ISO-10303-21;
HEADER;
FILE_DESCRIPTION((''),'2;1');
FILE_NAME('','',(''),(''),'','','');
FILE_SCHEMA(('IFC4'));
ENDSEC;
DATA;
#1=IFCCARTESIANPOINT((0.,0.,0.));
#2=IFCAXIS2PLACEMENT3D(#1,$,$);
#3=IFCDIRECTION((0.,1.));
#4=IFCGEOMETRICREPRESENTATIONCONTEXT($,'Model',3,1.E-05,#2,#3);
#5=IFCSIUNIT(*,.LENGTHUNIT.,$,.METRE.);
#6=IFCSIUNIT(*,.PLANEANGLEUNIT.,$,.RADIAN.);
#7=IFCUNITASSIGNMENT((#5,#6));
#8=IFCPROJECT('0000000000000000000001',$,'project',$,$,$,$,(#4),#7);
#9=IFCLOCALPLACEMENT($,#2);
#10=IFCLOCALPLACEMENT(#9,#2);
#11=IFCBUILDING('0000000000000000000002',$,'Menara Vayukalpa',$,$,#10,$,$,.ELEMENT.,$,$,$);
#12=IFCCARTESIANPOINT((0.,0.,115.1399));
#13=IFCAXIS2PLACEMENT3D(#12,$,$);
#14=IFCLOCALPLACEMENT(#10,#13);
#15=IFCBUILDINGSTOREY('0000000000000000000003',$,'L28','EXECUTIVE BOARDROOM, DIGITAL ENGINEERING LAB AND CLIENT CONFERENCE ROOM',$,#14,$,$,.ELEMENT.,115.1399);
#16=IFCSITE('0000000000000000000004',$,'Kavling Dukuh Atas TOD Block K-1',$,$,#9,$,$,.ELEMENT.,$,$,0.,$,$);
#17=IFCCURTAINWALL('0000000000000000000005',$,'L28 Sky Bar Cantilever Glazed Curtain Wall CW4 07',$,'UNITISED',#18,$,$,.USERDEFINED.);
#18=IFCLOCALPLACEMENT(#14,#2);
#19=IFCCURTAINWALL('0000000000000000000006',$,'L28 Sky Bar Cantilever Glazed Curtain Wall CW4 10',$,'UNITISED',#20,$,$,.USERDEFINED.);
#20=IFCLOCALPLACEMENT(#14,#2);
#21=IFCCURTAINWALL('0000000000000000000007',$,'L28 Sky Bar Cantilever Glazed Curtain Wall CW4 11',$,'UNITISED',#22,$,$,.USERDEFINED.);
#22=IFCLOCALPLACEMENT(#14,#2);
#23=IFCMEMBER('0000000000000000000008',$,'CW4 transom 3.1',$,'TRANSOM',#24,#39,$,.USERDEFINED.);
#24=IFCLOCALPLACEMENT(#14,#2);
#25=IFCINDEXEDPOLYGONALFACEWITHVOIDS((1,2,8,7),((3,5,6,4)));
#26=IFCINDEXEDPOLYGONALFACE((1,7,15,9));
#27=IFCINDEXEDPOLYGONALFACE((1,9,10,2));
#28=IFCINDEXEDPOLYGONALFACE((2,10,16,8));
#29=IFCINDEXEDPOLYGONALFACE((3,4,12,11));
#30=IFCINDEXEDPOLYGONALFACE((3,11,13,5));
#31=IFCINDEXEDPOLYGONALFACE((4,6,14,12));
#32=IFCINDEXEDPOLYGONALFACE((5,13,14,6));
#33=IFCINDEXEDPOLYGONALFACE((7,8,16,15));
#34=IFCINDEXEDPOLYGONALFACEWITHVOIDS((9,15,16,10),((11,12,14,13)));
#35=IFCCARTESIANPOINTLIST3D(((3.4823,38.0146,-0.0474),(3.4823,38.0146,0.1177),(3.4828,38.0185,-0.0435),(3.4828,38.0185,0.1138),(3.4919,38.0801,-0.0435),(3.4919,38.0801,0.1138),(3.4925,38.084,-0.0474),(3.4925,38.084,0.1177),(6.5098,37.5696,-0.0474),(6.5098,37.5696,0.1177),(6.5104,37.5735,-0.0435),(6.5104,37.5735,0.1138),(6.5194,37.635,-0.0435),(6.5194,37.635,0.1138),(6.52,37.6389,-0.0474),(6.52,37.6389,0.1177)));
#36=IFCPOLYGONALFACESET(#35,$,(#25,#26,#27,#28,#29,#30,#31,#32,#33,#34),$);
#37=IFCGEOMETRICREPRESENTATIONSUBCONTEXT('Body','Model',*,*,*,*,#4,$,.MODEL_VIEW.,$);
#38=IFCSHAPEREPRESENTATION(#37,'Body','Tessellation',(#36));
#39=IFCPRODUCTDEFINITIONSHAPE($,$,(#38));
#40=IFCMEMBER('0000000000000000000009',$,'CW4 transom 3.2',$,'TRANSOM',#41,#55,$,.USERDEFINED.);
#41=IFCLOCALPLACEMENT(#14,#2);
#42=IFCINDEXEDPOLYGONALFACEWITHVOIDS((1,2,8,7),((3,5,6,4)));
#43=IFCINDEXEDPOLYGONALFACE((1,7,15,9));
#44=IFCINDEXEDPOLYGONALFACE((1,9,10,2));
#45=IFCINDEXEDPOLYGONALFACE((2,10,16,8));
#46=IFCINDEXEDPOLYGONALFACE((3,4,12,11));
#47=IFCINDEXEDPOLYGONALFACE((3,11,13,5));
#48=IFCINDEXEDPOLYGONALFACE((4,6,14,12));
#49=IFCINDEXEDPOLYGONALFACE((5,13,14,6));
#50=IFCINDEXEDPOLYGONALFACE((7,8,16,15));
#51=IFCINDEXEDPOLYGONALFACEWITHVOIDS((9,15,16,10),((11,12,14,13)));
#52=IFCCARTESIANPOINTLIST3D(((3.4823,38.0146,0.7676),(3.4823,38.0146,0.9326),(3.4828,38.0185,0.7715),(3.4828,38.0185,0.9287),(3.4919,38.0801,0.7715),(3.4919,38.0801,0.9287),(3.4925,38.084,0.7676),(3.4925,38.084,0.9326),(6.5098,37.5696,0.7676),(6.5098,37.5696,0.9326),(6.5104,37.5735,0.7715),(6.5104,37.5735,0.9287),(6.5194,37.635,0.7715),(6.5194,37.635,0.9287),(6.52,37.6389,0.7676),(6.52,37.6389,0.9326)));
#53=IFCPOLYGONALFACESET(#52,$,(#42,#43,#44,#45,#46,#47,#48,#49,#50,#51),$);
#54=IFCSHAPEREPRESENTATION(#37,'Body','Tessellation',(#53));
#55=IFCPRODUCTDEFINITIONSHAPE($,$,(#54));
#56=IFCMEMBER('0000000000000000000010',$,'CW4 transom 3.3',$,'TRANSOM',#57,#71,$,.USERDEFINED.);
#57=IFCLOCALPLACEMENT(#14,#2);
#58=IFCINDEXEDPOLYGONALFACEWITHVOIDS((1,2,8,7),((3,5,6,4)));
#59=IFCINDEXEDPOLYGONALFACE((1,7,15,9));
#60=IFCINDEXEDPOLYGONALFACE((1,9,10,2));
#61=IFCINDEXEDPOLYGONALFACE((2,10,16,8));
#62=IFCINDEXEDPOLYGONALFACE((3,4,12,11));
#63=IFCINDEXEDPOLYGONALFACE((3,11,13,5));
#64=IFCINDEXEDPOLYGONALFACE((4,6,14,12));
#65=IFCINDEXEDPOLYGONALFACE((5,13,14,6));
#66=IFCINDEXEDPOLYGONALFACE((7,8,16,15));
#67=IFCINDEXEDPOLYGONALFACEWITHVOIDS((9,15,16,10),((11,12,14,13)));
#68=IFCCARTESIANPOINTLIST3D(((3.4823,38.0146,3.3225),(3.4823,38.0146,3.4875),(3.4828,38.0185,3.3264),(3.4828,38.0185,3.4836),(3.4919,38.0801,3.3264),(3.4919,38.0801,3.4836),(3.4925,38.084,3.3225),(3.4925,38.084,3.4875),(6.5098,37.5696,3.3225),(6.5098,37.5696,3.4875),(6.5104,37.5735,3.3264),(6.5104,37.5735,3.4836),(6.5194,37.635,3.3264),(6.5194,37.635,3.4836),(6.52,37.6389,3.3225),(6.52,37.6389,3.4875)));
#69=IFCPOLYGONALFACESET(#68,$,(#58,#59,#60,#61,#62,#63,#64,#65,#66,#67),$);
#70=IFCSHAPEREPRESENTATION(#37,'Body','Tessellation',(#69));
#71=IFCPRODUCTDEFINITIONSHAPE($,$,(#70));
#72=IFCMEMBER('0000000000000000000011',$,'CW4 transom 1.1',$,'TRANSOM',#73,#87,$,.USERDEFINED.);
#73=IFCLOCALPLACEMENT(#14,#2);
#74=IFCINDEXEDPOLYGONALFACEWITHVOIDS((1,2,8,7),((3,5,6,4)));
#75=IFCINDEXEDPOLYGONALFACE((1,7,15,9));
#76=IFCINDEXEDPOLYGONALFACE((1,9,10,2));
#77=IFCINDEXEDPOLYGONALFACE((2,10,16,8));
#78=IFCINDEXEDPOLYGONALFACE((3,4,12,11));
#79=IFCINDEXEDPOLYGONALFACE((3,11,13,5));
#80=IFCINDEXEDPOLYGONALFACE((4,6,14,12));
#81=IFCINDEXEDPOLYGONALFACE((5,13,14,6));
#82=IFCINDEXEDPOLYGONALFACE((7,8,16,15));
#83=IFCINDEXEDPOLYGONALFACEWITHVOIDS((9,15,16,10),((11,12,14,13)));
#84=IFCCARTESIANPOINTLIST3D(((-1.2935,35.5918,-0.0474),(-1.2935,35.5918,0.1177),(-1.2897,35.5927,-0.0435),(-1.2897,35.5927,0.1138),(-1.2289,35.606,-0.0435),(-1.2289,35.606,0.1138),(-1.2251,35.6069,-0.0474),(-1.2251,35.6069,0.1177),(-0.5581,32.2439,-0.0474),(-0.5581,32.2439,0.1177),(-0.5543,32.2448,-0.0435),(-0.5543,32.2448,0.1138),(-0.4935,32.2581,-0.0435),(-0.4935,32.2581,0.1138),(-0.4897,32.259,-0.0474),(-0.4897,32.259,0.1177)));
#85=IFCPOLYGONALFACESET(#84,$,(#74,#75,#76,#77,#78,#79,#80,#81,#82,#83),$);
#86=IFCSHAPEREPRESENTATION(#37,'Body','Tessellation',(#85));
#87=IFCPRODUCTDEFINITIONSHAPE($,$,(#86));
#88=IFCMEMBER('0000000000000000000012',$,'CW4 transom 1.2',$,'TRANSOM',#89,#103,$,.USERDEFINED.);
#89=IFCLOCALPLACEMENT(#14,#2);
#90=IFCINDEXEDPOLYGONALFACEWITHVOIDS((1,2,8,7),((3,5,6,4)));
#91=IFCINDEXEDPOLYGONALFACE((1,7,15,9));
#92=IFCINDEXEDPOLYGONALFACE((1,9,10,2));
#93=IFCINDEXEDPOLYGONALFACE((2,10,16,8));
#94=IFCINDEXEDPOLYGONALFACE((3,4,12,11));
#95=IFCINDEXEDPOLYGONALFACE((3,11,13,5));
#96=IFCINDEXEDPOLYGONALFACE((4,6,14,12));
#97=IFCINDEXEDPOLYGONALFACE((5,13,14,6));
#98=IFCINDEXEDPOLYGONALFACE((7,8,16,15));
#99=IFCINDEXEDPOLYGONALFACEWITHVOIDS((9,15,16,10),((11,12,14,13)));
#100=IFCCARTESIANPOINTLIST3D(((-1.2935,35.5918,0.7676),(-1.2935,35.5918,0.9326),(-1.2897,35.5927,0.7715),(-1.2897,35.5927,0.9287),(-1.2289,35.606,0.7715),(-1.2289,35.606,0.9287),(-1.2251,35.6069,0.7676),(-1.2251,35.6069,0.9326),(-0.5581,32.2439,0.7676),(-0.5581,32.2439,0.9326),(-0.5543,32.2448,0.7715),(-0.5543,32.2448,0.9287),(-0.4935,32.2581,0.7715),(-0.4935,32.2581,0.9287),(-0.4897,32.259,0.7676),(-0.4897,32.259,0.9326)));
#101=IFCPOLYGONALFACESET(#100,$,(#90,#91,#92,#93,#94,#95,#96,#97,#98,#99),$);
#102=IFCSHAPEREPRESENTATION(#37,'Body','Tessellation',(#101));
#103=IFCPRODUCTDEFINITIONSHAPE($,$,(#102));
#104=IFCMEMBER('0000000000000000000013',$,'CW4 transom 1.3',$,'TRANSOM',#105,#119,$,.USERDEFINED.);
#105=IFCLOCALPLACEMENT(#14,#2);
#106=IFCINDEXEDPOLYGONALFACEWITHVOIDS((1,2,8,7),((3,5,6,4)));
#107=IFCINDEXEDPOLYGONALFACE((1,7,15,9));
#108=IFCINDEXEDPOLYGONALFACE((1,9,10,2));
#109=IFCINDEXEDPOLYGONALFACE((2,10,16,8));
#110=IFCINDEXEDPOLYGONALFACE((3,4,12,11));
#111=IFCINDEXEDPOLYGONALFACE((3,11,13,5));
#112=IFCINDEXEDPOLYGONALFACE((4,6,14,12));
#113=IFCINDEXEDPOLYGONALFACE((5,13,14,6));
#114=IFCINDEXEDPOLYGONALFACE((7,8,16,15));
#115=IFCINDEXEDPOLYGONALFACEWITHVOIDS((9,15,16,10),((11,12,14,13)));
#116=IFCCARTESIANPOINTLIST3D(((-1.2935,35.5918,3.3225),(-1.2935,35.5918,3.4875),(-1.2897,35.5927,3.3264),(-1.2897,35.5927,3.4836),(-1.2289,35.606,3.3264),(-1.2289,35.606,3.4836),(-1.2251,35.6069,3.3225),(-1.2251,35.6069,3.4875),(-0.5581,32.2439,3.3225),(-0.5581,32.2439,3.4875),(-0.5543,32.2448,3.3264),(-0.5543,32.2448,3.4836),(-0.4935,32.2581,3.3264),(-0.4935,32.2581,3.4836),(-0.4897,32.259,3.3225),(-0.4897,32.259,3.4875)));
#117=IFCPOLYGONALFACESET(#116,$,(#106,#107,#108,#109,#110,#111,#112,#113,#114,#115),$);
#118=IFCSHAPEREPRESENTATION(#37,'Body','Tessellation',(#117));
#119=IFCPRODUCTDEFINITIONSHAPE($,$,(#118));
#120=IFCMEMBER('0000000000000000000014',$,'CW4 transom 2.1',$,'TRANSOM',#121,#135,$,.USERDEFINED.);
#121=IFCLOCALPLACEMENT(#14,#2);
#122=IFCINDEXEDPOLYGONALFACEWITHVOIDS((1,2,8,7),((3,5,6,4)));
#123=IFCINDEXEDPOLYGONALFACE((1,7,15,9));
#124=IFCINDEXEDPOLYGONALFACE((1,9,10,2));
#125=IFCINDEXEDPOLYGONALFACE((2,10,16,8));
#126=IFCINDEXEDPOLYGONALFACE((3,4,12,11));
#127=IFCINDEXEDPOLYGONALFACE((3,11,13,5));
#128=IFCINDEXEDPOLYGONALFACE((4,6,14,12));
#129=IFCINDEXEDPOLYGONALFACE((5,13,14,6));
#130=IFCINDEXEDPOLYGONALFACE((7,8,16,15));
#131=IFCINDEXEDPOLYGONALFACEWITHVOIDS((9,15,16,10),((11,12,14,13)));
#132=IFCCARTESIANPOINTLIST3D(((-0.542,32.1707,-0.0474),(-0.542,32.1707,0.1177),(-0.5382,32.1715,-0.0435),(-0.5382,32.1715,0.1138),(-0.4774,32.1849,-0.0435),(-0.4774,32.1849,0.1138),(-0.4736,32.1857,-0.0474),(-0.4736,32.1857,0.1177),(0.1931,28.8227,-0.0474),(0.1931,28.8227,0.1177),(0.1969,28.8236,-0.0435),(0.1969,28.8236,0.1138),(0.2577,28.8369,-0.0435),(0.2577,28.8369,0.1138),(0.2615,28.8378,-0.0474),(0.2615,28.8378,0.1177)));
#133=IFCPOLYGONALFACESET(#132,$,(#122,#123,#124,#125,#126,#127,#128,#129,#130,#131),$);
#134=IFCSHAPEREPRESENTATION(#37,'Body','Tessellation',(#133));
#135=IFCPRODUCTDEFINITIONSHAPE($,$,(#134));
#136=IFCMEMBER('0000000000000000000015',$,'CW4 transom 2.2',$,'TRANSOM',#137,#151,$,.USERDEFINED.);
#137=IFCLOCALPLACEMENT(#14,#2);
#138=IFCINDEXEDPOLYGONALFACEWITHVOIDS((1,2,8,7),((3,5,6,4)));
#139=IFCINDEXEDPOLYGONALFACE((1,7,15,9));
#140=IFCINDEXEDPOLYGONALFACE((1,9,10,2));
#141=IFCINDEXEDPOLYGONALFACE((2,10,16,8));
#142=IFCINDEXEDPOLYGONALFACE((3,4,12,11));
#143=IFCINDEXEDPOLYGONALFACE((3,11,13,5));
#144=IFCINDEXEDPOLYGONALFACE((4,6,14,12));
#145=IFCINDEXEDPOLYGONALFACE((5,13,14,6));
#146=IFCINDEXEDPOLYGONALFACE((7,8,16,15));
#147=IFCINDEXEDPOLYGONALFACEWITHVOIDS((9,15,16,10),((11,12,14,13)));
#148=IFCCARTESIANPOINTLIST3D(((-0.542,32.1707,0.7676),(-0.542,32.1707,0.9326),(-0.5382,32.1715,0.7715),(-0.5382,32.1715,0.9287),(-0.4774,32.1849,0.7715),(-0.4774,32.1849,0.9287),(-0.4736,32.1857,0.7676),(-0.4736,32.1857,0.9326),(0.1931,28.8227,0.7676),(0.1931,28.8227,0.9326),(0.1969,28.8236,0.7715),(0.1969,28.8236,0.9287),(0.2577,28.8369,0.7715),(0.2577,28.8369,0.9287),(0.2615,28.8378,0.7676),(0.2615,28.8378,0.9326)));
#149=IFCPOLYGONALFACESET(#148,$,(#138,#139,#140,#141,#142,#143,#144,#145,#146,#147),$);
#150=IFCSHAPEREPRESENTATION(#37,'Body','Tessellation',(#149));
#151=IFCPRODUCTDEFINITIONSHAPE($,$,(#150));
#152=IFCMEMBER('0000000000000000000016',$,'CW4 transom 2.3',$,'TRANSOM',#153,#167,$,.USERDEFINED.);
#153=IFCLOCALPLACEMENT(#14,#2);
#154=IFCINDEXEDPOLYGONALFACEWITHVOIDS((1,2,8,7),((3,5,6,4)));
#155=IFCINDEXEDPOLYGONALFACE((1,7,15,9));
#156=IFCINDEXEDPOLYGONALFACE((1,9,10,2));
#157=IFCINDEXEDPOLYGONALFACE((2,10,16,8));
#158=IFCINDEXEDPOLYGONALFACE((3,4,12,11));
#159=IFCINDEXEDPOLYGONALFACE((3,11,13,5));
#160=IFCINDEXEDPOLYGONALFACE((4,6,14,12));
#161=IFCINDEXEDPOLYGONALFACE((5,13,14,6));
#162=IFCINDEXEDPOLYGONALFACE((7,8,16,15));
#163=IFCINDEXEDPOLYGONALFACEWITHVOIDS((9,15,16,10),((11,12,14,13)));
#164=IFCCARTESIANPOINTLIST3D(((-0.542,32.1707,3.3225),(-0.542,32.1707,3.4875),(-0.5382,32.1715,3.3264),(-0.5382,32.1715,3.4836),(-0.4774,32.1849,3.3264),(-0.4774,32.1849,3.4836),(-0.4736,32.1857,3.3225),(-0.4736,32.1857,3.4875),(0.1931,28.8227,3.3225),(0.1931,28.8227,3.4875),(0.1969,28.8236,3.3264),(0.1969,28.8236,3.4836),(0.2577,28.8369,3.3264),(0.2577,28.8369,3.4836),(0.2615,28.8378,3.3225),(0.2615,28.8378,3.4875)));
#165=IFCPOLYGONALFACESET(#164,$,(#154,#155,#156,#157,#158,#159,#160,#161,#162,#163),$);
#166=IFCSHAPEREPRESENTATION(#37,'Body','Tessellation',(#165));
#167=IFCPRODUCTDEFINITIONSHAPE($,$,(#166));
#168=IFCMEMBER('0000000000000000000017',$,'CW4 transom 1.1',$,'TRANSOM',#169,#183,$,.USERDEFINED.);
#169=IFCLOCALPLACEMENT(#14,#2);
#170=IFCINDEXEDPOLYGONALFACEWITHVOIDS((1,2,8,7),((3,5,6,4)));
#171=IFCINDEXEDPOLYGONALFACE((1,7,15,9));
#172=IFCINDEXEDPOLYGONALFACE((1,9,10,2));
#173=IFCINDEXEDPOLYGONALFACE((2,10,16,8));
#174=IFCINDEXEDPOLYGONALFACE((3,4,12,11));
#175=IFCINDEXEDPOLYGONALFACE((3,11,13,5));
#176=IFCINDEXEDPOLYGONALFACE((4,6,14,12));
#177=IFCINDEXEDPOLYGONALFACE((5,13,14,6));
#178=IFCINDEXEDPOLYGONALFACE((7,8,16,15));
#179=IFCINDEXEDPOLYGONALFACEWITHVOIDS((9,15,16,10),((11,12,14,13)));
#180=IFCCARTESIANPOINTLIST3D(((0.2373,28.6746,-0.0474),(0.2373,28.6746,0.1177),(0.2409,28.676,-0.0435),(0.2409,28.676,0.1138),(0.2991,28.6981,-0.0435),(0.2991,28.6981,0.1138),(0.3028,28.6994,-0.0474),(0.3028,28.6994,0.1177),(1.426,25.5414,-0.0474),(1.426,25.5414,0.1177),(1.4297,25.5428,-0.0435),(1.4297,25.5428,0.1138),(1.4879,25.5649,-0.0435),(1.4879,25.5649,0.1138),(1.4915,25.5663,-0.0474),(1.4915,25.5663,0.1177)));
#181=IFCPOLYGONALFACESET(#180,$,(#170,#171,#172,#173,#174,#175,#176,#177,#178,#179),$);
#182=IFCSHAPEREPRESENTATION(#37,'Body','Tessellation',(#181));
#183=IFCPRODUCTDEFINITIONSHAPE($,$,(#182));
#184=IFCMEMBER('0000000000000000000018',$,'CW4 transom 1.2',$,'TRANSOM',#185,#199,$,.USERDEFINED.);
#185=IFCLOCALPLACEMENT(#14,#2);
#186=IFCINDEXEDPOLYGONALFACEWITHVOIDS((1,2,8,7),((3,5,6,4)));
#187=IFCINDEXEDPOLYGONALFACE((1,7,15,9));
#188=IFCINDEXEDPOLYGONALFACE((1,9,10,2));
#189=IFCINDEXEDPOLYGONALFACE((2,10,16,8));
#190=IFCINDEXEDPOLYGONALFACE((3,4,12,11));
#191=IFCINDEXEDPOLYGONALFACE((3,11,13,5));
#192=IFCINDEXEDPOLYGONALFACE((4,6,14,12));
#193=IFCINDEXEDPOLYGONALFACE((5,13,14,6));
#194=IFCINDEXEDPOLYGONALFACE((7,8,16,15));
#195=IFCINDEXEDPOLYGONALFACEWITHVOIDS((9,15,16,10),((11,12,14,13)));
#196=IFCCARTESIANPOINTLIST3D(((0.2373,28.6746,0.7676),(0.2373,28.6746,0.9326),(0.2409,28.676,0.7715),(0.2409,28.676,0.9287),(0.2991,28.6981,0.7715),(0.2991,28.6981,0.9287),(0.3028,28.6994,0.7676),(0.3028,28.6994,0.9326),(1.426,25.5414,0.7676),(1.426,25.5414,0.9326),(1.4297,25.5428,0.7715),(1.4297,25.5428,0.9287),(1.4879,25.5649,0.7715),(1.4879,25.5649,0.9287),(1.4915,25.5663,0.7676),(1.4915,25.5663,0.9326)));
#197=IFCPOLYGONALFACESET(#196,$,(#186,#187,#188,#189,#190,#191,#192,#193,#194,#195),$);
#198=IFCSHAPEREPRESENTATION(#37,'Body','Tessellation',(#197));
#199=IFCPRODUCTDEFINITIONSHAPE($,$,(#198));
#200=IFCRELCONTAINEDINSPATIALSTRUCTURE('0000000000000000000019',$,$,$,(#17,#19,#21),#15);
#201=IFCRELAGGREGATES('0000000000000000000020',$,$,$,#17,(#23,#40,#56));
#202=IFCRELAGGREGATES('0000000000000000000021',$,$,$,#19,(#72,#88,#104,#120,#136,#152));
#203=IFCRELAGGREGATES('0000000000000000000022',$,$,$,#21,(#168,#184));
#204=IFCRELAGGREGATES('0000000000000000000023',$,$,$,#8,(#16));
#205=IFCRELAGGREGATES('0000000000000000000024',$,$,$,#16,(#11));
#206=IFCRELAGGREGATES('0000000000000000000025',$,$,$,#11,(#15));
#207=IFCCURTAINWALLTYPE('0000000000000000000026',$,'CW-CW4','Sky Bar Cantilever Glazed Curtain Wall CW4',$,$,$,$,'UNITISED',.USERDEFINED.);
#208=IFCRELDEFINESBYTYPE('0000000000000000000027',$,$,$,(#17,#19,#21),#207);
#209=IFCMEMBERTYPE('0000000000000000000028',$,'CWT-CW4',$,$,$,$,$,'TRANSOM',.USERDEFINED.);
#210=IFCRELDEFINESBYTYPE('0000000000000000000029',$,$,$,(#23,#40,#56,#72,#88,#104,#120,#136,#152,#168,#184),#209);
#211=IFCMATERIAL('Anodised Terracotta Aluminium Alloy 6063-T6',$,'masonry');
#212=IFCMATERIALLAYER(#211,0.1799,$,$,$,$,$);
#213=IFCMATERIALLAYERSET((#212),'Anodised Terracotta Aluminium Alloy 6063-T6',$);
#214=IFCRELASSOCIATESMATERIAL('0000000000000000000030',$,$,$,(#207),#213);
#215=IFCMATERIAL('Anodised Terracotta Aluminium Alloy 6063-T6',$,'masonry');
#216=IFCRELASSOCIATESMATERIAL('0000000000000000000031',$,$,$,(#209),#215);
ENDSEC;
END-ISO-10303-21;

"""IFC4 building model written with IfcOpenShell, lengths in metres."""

from ifc_helpers import new_model, si_unit, direction, frame, origin, origin_2d, place, context, subcontext, project, spatial, hollow_rectangle, extrude, material, layer, layer_set, material_profile, profile_set, type_object, element, aggregate, save


model = new_model("IFC4")

# Units and contexts
model_context = context("Model", 3, precision=1e-05, world=origin(), true_north=direction((0.0, 1.0)))
body_context = subcontext(model_context, "Body", "Model", "MODEL_VIEW")
ifc_project = project(units=[si_unit("LENGTHUNIT", "METRE"), si_unit("PLANEANGLEUNIT", "RADIAN")], contexts=[model_context])

# Site, building, storey
site_placement = place(None, origin())
site = spatial("IfcSite", under=ifc_project, at=site_placement, Name="Kavling Dukuh Atas TOD Block K-1", CompositionType="ELEMENT", RefElevation=0.0)
building_placement = place(site_placement, origin())
building = spatial("IfcBuilding", under=site, at=building_placement, Name="Menara Vayukalpa", CompositionType="ELEMENT")
storey_placement = place(building_placement, frame((0.0, 0.0, 115.1399)))
storey = spatial("IfcBuildingStorey", under=building, at=storey_placement, Name="L28", Description="EXECUTIVE BOARDROOM, DIGITAL ENGINEERING LAB AND CLIENT CONFERENCE ROOM", CompositionType="ELEMENT", Elevation=115.1399)

# Curtain walls
ifc_material_1 = material(Name="Anodised Terracotta Aluminium Alloy 6063-T6", Category="masonry")
ifc_layer_1 = layer(ifc_material_1, 0.1799)
ifc_layer_set_1 = layer_set([ifc_layer_1], Name="Anodised Terracotta Aluminium Alloy 6063-T6")
curtain_wall_type = type_object("IfcCurtainWallType", Name="CW-CW4", Description="Sky Bar Cantilever Glazed Curtain Wall CW4", ElementType="UNITISED", PredefinedType="USERDEFINED", material=ifc_layer_set_1)
curtain_wall_1_placement = place(storey_placement, origin())
curtain_wall_1 = element("IfcCurtainWall", 1, at=curtain_wall_1_placement, inside=storey, type_object=curtain_wall_type, Name="L28 Sky Bar Cantilever Glazed Curtain Wall CW4 07", ObjectType="UNITISED", PredefinedType="USERDEFINED")
curtain_wall_2_placement = place(storey_placement, origin())
curtain_wall_2 = element("IfcCurtainWall", 2, at=curtain_wall_2_placement, inside=storey, type_object=curtain_wall_type, Name="L28 Sky Bar Cantilever Glazed Curtain Wall CW4 10", ObjectType="UNITISED", PredefinedType="USERDEFINED")
curtain_wall_3_placement = place(storey_placement, origin())
curtain_wall_3 = element("IfcCurtainWall", 3, at=curtain_wall_3_placement, inside=storey, type_object=curtain_wall_type, Name="L28 Sky Bar Cantilever Glazed Curtain Wall CW4 11", ObjectType="UNITISED", PredefinedType="USERDEFINED")

# Members
ifc_material_2 = material(Name="Anodised Terracotta Aluminium Alloy 6063-T6", Category="masonry")
ifc_material_profile_1 = material_profile(ifc_material_2, hollow_rectangle(XDim=0.0701, YDim=0.165, WallThickness=0.0039, at=origin_2d()), Name="ALU 70x165x4")
ifc_profile_set_1 = profile_set([ifc_material_profile_1], Name="Anodised Terracotta Aluminium Alloy 6063-T6")
member_type_1 = type_object("IfcMemberType", Name="CWT-CW4", ElementType="TRANSOM", PredefinedType="USERDEFINED", material=ifc_profile_set_1)
member_1_placement = place(storey_placement, frame((6.5149, 37.6042, 0.0352), z_axis=(-0.989367, 0.145441, 0.0), x_axis=(-0.145441, -0.989367, 0.0)))
member_1 = element("IfcMember", 4, at=member_1_placement, type_object=member_type_1, Name="CW4 transom 3.1", ObjectType="TRANSOM", PredefinedType="USERDEFINED", context=body_context, shape_type="SweptSolid", body=[
    extrude(hollow_rectangle(XDim=0.0701, YDim=0.165, WallThickness=0.0039, at=origin_2d()), origin(), (0.0, 0.0, 1.0), 3.0601),
])
member_2_placement = place(storey_placement, frame((6.5149, 37.6042, 0.8501), z_axis=(-0.989367, 0.145441, 0.0), x_axis=(-0.145441, -0.989367, 0.0)))
member_2 = element("IfcMember", 5, at=member_2_placement, type_object=member_type_1, Name="CW4 transom 3.2", ObjectType="TRANSOM", PredefinedType="USERDEFINED", context=body_context, shape_type="SweptSolid", body=[
    extrude(hollow_rectangle(XDim=0.0701, YDim=0.165, WallThickness=0.0039, at=origin_2d()), origin(), (0.0, 0.0, 1.0), 3.0601),
])
member_3_placement = place(storey_placement, frame((6.5149, 37.6042, 3.405), z_axis=(-0.989367, 0.145441, 0.0), x_axis=(-0.145441, -0.989367, 0.0)))
member_3 = element("IfcMember", 6, at=member_3_placement, type_object=member_type_1, Name="CW4 transom 3.3", ObjectType="TRANSOM", PredefinedType="USERDEFINED", context=body_context, shape_type="SweptSolid", body=[
    extrude(hollow_rectangle(XDim=0.0701, YDim=0.165, WallThickness=0.0039, at=origin_2d()), origin(), (0.0, 0.0, 1.0), 3.0601),
])
member_4_placement = place(storey_placement, frame((-1.2593, 35.5994, 0.0352), z_axis=(0.214532, -0.976717, 0.0), x_axis=(0.976717, 0.214532, 0.0)))
member_4 = element("IfcMember", 7, at=member_4_placement, type_object=member_type_1, Name="CW4 transom 1.1", ObjectType="TRANSOM", PredefinedType="USERDEFINED", context=body_context, shape_type="SweptSolid", body=[
    extrude(hollow_rectangle(XDim=0.0701, YDim=0.165, WallThickness=0.0039, at=origin_2d()), origin(), (0.0, 0.0, 1.0), 3.4277),
])
member_5_placement = place(storey_placement, frame((-1.2593, 35.5994, 0.8501), z_axis=(0.214532, -0.976717, 0.0), x_axis=(0.976717, 0.214532, 0.0)))
member_5 = element("IfcMember", 8, at=member_5_placement, type_object=member_type_1, Name="CW4 transom 1.2", ObjectType="TRANSOM", PredefinedType="USERDEFINED", context=body_context, shape_type="SweptSolid", body=[
    extrude(hollow_rectangle(XDim=0.0701, YDim=0.165, WallThickness=0.0039, at=origin_2d()), origin(), (0.0, 0.0, 1.0), 3.4277),
])
member_6_placement = place(storey_placement, frame((-1.2593, 35.5994, 3.405), z_axis=(0.214532, -0.976717, 0.0), x_axis=(0.976717, 0.214532, 0.0)))
member_6 = element("IfcMember", 9, at=member_6_placement, type_object=member_type_1, Name="CW4 transom 1.3", ObjectType="TRANSOM", PredefinedType="USERDEFINED", context=body_context, shape_type="SweptSolid", body=[
    extrude(hollow_rectangle(XDim=0.0701, YDim=0.165, WallThickness=0.0039, at=origin_2d()), origin(), (0.0, 0.0, 1.0), 3.4277),
])
member_7_placement = place(storey_placement, frame((-0.5078, 32.1782, 0.0352), z_axis=(0.214464, -0.976732, 0.0), x_axis=(0.976732, 0.214464, 0.0)))
member_7 = element("IfcMember", 10, at=member_7_placement, type_object=member_type_1, Name="CW4 transom 2.1", ObjectType="TRANSOM", PredefinedType="USERDEFINED", context=body_context, shape_type="SweptSolid", body=[
    extrude(hollow_rectangle(XDim=0.0701, YDim=0.165, WallThickness=0.0039, at=origin_2d()), origin(), (0.0, 0.0, 1.0), 3.4277),
])
member_8_placement = place(storey_placement, frame((-0.5078, 32.1782, 0.8501), z_axis=(0.214464, -0.976732, 0.0), x_axis=(0.976732, 0.214464, 0.0)))
member_8 = element("IfcMember", 11, at=member_8_placement, type_object=member_type_1, Name="CW4 transom 2.2", ObjectType="TRANSOM", PredefinedType="USERDEFINED", context=body_context, shape_type="SweptSolid", body=[
    extrude(hollow_rectangle(XDim=0.0701, YDim=0.165, WallThickness=0.0039, at=origin_2d()), origin(), (0.0, 0.0, 1.0), 3.4277),
])
member_9_placement = place(storey_placement, frame((-0.5078, 32.1782, 3.405), z_axis=(0.214464, -0.976732, 0.0), x_axis=(0.976732, 0.214464, 0.0)))
member_9 = element("IfcMember", 12, at=member_9_placement, type_object=member_type_1, Name="CW4 transom 2.3", ObjectType="TRANSOM", PredefinedType="USERDEFINED", context=body_context, shape_type="SweptSolid", body=[
    extrude(hollow_rectangle(XDim=0.0701, YDim=0.165, WallThickness=0.0039, at=origin_2d()), origin(), (0.0, 0.0, 1.0), 3.4277),
])
member_10_placement = place(storey_placement, frame((0.27, 28.687, 0.0352), z_axis=(0.354738, -0.934966, 0.0), x_axis=(0.934966, 0.354738, 0.0)))
member_10 = element("IfcMember", 13, at=member_10_placement, type_object=member_type_1, Name="CW4 transom 1.1", ObjectType="TRANSOM", PredefinedType="USERDEFINED", context=body_context, shape_type="SweptSolid", body=[
    extrude(hollow_rectangle(XDim=0.0701, YDim=0.165, WallThickness=0.0039, at=origin_2d()), origin(), (0.0, 0.0, 1.0), 3.3511),
])
member_11_placement = place(storey_placement, frame((0.27, 28.687, 0.8501), z_axis=(0.354738, -0.934966, 0.0), x_axis=(0.934966, 0.354738, 0.0)))
member_11 = element("IfcMember", 14, at=member_11_placement, type_object=member_type_1, Name="CW4 transom 1.2", ObjectType="TRANSOM", PredefinedType="USERDEFINED", context=body_context, shape_type="SweptSolid", body=[
    extrude(hollow_rectangle(XDim=0.0701, YDim=0.165, WallThickness=0.0039, at=origin_2d()), origin(), (0.0, 0.0, 1.0), 3.3511),
])

aggregate(curtain_wall_1, [member_1, member_2, member_3])
aggregate(curtain_wall_2, [member_4, member_5, member_6, member_7, member_8, member_9])
aggregate(curtain_wall_3, [member_10, member_11])

save(model, "model.ifc")
